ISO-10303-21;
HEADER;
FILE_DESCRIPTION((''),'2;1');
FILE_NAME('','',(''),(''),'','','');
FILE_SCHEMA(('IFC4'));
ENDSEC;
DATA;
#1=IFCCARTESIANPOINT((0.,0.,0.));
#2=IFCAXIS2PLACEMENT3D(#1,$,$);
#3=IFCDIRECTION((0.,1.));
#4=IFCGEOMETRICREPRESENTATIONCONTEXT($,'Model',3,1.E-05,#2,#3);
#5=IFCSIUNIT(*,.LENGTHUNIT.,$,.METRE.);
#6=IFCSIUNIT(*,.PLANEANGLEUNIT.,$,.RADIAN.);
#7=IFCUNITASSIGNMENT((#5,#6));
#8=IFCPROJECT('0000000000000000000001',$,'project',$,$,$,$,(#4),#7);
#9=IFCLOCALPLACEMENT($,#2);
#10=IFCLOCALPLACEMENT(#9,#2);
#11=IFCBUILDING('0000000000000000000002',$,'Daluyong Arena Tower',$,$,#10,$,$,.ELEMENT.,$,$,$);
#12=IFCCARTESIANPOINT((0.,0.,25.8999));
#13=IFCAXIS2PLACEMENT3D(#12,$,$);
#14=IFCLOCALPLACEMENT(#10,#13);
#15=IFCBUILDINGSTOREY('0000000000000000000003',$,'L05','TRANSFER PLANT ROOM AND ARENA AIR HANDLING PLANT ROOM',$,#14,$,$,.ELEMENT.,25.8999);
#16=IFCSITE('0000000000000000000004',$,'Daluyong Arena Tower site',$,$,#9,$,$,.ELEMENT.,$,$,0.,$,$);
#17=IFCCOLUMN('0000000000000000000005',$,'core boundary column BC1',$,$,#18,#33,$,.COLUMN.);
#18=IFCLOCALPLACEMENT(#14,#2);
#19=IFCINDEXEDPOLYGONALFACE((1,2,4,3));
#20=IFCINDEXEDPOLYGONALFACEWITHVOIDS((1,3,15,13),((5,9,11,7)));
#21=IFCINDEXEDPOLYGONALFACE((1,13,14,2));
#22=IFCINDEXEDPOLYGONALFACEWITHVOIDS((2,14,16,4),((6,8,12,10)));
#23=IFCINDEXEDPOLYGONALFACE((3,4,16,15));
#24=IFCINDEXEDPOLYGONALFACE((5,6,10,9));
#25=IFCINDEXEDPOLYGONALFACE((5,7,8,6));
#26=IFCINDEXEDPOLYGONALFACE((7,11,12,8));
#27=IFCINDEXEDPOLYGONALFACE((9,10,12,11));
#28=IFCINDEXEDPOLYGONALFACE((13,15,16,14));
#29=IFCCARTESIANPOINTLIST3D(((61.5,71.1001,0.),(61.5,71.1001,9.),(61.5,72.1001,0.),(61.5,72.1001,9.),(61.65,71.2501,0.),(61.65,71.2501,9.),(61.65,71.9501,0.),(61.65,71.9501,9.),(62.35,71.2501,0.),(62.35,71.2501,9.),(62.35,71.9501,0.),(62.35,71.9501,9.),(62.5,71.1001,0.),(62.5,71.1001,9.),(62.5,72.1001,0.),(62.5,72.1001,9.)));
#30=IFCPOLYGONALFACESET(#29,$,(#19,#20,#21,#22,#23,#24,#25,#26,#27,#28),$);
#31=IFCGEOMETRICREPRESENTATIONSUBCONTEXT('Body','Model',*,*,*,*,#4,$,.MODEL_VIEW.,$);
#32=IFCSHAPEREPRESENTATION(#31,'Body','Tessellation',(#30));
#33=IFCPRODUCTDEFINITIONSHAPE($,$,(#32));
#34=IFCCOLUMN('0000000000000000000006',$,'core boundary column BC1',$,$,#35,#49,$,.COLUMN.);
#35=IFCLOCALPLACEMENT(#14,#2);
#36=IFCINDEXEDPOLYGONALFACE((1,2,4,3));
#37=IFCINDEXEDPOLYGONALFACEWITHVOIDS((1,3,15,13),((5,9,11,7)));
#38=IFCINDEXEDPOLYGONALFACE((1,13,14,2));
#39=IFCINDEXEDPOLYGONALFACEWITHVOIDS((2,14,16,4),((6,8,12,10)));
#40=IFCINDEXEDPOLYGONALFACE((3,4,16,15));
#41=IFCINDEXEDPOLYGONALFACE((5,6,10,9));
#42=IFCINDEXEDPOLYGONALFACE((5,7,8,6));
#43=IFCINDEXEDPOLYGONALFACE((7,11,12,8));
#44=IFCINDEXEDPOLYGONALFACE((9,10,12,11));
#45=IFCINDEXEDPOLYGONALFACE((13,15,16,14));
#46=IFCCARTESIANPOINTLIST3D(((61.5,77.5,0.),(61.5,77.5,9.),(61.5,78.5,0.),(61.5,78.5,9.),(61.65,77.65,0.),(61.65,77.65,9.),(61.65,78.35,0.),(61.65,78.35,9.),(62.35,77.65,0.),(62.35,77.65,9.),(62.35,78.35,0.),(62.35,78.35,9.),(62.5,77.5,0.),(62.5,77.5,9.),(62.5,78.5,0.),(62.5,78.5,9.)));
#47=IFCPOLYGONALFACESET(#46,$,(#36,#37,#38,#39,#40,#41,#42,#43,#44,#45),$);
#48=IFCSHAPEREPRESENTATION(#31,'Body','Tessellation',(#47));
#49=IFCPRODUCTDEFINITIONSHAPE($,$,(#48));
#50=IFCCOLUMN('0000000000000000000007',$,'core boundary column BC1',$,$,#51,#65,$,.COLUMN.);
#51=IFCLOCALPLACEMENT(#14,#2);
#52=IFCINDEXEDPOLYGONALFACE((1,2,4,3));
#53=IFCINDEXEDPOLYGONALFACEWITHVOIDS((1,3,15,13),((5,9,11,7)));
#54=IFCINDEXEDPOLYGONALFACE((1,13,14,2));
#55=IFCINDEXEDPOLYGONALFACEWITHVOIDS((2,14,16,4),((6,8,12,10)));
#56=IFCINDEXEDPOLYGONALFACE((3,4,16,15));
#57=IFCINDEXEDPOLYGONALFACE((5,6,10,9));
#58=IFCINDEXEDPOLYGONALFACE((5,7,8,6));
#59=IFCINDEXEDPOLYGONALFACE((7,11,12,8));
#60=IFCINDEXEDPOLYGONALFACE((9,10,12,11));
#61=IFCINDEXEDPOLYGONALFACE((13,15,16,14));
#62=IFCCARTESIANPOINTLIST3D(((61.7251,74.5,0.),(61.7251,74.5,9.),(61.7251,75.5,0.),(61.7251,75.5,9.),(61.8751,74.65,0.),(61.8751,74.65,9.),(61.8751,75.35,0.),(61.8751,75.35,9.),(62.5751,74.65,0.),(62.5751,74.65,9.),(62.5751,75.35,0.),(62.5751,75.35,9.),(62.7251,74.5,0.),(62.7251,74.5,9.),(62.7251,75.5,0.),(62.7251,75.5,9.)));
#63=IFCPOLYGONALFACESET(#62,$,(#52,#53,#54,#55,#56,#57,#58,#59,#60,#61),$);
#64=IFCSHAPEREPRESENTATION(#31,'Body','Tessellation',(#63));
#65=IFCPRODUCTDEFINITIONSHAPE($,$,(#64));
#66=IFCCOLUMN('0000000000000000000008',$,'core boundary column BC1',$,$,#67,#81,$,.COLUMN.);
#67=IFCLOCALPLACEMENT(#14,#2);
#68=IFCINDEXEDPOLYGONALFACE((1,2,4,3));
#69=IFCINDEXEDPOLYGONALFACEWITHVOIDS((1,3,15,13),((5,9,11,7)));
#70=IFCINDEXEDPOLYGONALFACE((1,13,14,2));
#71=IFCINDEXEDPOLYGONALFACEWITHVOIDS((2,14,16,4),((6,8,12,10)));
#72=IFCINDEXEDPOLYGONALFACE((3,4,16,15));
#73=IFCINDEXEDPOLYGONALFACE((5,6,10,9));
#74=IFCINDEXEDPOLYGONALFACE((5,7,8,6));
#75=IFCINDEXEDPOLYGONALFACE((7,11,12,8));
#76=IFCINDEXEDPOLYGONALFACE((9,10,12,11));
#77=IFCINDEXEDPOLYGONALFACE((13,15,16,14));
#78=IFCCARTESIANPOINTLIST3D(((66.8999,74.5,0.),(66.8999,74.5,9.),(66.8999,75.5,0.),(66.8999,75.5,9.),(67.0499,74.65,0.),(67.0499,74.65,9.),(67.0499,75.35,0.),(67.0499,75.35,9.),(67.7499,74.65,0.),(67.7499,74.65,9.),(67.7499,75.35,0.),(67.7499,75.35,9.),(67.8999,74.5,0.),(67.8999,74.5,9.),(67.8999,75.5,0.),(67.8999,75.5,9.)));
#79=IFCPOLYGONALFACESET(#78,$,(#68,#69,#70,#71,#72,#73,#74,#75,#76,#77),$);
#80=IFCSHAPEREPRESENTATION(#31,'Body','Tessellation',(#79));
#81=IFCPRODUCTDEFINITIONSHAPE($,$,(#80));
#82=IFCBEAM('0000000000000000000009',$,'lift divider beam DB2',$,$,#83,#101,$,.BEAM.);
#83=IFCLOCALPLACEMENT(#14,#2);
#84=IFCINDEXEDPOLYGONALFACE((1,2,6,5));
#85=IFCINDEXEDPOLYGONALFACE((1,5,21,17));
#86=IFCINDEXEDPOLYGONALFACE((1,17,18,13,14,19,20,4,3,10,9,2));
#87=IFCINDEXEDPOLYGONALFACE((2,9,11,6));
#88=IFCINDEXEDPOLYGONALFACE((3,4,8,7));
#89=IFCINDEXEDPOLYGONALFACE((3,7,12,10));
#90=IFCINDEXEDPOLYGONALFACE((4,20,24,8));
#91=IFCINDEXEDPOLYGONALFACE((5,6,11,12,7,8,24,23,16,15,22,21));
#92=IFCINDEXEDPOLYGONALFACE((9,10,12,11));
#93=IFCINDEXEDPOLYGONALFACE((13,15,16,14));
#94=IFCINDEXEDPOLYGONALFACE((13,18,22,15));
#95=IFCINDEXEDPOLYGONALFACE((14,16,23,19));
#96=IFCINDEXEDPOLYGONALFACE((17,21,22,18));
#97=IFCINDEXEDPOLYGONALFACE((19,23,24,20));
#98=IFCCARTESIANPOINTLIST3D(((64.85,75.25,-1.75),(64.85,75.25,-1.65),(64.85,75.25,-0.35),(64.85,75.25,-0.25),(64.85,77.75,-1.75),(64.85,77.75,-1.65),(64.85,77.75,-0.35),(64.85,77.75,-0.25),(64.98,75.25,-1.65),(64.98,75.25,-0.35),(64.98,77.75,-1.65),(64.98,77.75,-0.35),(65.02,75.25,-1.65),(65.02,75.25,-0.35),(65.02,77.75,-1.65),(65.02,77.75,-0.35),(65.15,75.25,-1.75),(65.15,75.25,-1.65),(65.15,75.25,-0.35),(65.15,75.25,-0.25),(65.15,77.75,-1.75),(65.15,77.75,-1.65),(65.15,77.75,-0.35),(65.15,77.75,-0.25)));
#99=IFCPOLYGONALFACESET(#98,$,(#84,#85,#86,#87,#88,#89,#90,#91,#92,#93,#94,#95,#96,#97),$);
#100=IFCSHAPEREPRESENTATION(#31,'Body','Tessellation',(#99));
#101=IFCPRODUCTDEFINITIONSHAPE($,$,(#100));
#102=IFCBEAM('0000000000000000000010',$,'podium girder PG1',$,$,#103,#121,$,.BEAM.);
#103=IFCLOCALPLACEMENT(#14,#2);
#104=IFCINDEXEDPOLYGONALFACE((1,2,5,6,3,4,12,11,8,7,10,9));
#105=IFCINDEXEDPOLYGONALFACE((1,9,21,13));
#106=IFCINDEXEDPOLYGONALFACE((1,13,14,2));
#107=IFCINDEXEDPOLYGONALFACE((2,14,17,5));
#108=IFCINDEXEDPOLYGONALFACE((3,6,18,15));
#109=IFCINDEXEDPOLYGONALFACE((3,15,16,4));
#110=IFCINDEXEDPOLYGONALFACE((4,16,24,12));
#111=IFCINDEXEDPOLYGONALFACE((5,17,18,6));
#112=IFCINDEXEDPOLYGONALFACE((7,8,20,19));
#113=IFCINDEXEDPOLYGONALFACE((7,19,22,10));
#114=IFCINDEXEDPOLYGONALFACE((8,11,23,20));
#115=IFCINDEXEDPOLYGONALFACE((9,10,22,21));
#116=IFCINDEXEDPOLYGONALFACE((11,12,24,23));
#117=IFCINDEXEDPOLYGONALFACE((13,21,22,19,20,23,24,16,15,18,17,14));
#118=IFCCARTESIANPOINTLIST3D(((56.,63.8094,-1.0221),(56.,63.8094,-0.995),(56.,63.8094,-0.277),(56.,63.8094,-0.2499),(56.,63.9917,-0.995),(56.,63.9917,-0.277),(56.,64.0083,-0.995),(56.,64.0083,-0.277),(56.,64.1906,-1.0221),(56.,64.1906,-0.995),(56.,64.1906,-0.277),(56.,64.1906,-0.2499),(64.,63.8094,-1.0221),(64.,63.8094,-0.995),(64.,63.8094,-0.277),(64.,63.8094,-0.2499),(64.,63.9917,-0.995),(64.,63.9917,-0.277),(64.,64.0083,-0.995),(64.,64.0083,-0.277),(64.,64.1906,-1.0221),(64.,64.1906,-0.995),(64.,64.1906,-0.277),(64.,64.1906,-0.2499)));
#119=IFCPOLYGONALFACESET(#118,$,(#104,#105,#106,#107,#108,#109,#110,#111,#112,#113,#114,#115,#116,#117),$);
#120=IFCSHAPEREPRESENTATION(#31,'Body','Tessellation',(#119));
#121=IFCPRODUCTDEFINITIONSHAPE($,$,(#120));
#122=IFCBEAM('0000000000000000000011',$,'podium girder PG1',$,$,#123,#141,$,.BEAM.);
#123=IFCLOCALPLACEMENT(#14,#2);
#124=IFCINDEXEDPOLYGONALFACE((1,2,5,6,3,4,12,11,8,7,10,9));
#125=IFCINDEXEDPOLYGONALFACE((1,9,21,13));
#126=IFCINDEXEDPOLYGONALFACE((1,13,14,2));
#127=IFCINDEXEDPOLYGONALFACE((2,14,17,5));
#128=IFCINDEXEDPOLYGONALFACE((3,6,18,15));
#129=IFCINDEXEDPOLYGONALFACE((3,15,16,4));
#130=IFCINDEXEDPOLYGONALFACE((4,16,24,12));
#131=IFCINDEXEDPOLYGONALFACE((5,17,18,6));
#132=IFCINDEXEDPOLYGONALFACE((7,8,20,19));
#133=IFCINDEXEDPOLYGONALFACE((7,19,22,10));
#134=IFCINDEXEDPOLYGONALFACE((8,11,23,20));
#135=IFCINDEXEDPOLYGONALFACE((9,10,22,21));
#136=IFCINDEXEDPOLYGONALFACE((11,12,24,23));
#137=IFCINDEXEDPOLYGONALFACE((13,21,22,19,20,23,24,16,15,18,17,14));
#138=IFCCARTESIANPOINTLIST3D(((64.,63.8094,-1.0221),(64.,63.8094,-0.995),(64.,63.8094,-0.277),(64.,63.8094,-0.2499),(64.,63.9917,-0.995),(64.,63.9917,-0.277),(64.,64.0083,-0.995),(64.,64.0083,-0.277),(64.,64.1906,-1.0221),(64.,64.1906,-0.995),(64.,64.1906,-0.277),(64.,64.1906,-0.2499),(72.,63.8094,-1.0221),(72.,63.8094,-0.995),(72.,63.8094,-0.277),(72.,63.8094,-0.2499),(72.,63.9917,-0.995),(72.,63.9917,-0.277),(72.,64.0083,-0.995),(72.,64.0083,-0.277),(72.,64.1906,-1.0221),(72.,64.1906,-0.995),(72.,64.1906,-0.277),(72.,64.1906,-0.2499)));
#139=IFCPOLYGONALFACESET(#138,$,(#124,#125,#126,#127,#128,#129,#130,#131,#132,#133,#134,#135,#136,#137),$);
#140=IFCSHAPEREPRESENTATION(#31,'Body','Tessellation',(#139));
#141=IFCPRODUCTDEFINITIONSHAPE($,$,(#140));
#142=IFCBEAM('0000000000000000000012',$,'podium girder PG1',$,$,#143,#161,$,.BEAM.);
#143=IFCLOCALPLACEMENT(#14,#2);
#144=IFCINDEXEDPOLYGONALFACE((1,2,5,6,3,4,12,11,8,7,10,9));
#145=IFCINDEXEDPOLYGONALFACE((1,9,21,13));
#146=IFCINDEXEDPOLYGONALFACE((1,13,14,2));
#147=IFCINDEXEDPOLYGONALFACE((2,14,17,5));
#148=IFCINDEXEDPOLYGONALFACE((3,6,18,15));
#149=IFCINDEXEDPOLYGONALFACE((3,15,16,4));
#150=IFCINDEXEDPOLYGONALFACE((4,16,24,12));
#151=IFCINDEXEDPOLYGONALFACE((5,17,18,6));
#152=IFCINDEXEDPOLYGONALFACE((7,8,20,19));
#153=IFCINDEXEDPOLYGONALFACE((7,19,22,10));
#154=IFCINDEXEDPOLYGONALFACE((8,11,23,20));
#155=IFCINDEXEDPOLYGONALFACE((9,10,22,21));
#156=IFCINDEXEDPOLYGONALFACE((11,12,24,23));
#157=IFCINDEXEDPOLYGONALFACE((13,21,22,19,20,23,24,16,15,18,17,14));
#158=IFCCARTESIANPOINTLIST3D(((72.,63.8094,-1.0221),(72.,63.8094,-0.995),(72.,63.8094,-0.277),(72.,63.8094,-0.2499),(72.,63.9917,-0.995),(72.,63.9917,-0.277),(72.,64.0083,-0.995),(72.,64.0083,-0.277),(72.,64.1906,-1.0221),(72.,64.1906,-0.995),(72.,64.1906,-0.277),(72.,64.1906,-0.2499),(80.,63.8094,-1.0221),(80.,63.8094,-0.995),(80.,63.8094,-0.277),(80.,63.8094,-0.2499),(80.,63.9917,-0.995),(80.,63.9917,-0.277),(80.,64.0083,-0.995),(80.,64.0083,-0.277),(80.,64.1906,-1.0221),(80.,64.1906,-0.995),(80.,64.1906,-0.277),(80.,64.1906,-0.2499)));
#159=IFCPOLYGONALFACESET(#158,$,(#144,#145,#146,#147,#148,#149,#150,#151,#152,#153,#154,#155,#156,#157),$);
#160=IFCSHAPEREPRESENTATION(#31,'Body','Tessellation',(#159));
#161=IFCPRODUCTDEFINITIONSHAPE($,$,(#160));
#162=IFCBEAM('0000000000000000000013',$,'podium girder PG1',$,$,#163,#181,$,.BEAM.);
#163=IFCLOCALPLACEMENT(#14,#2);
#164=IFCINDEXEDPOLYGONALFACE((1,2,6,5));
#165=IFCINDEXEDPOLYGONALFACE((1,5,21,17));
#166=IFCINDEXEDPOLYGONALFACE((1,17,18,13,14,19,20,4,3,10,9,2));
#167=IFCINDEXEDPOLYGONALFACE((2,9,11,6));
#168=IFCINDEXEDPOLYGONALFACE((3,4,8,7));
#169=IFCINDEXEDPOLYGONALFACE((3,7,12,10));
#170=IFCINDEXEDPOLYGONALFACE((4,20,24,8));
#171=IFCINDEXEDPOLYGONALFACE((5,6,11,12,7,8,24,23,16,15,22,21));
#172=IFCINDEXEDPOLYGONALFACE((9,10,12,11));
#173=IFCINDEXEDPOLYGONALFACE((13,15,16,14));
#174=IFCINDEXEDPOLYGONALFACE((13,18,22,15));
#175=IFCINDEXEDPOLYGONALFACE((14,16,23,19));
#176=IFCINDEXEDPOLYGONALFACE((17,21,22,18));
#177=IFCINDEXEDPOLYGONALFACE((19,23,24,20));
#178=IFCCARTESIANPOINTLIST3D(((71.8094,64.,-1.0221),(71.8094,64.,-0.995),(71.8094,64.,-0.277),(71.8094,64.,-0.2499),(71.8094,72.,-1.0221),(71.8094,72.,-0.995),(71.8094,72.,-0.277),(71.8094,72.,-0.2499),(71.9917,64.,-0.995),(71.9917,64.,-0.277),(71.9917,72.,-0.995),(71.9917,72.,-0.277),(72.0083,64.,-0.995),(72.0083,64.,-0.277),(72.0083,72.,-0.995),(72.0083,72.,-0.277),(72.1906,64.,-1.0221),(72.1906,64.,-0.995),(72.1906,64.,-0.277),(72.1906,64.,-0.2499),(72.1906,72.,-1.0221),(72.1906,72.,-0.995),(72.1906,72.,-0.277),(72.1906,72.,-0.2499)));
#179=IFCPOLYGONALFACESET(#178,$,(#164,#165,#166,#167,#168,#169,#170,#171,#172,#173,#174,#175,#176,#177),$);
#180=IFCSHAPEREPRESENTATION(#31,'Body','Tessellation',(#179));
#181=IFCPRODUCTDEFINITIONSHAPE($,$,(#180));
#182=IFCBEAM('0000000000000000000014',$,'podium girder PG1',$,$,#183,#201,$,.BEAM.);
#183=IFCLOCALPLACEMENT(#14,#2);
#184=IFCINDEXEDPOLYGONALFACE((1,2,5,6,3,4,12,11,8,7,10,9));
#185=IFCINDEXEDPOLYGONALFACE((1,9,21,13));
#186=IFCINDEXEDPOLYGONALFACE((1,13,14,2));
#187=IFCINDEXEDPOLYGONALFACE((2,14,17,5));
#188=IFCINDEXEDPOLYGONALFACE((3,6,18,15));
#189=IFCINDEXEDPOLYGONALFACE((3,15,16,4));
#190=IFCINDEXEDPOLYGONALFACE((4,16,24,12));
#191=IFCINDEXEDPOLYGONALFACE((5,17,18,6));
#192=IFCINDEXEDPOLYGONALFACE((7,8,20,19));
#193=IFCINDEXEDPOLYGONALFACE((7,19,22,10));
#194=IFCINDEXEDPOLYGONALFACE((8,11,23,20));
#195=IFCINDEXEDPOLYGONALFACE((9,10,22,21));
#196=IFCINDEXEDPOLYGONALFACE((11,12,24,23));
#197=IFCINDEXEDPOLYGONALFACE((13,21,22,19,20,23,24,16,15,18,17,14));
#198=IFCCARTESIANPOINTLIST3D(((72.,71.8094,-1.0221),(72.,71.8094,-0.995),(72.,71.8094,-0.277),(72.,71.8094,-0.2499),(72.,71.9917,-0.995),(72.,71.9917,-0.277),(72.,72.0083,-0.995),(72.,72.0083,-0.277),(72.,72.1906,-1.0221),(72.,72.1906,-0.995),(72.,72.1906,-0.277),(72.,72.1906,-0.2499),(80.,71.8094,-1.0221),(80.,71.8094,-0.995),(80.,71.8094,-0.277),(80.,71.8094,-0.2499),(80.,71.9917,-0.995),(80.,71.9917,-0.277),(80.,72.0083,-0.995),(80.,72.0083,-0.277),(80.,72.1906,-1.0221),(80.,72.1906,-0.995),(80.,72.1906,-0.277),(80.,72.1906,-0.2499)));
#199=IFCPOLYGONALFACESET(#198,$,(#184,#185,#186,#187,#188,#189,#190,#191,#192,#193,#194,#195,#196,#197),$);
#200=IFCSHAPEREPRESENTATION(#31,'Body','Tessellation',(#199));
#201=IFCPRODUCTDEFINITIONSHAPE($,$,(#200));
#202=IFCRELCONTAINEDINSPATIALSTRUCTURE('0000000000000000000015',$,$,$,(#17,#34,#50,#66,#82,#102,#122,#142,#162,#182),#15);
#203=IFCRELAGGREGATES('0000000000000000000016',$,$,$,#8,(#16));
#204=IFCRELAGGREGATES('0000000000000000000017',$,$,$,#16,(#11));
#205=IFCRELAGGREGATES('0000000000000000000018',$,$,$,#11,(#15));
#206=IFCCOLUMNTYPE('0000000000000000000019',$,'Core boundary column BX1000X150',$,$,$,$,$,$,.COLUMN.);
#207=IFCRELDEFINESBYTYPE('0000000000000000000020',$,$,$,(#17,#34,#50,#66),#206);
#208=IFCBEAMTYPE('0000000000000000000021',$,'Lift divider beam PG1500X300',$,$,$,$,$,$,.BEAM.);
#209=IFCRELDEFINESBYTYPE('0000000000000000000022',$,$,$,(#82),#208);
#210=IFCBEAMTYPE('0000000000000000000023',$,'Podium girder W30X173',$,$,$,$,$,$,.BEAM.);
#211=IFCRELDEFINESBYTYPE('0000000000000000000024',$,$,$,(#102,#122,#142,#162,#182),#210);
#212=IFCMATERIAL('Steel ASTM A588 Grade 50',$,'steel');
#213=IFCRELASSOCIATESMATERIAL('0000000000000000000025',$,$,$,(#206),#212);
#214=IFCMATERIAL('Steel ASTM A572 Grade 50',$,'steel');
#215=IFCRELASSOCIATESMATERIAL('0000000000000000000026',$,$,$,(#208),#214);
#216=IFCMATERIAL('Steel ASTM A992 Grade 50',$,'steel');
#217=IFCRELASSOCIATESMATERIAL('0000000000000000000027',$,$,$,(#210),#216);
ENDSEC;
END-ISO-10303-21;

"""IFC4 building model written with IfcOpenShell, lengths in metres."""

from ifc_helpers import new_model, si_unit, direction, frame, origin, origin_2d, place, context, subcontext, project, spatial, hollow_rectangle, i_section, extrude, material, material_profile, profile_set, type_object, element, save


model = new_model("IFC4")

# Units and contexts
model_context = context("Model", 3, precision=1e-05, world=origin(), true_north=direction((0.0, 1.0)))
body_context = subcontext(model_context, "Body", "Model", "MODEL_VIEW")
ifc_project = project(units=[si_unit("LENGTHUNIT", "METRE"), si_unit("PLANEANGLEUNIT", "RADIAN")], contexts=[model_context])

# Site, building, storey
site_placement = place(None, origin())
site = spatial("IfcSite", under=ifc_project, at=site_placement, Name="Daluyong Arena Tower site", CompositionType="ELEMENT", RefElevation=0.0)
building_placement = place(site_placement, origin())
building = spatial("IfcBuilding", under=site, at=building_placement, Name="Daluyong Arena Tower", CompositionType="ELEMENT")
storey_placement = place(building_placement, frame((0.0, 0.0, 25.8999)))
storey = spatial("IfcBuildingStorey", under=building, at=storey_placement, Name="L05", Description="TRANSFER PLANT ROOM AND ARENA AIR HANDLING PLANT ROOM", CompositionType="ELEMENT", Elevation=25.8999)

# Columns
ifc_material_1 = material(Name="Steel ASTM A588 Grade 50", Category="steel")
ifc_material_profile_1 = material_profile(ifc_material_1, hollow_rectangle(XDim=1.0, YDim=1.0, WallThickness=0.15, at=origin_2d()))
ifc_profile_set_1 = profile_set([ifc_material_profile_1], Name="Steel ASTM A588 Grade 50")
column_type = type_object("IfcColumnType", Name="Core boundary column BX1000X150", PredefinedType="COLUMN", material=ifc_profile_set_1)
for number, where, z_axis, x_axis, name in (
    (1, (62.0, 71.6001, 0.0), (0.0, 0.0, 1.0), (1.0, 0.0, 0.0), "core boundary column BC1"),
    (2, (62.0, 78.0, 0.0), (0.0, 0.0, 1.0), (1.0, 0.0, 0.0), "core boundary column BC1"),
    (3, (62.2251, 75.0, 0.0), (0.0, 0.0, 1.0), (1.0, 0.0, 0.0), "core boundary column BC1"),
    (4, (67.3999, 75.0, 0.0), (0.0, 0.0, 1.0), (1.0, 0.0, 0.0), "core boundary column BC1"),
):
    element("IfcColumn", number, at=place(storey_placement, frame(where, z_axis=z_axis, x_axis=x_axis)), inside=storey, type_object=column_type, Name=name, PredefinedType="COLUMN", context=body_context, shape_type="SweptSolid", body=[
        extrude(hollow_rectangle(XDim=1.0, YDim=1.0, WallThickness=0.15, at=origin_2d()), origin(), (0.0, 0.0, 1.0), 9.0),
    ])

# Beams
ifc_material_2 = material(Name="Steel ASTM A572 Grade 50", Category="steel")
ifc_material_profile_2 = material_profile(ifc_material_2, i_section(OverallWidth=0.3, OverallDepth=1.5, WebThickness=0.04, FlangeThickness=0.1, at=origin_2d()))
ifc_profile_set_2 = profile_set([ifc_material_profile_2], Name="Steel ASTM A572 Grade 50")
beam_type_1 = type_object("IfcBeamType", Name="Lift divider beam PG1500X300", PredefinedType="BEAM", material=ifc_profile_set_2)
beam_placement = place(storey_placement, frame((65.0, 75.25, -1.0), z_axis=(0.0, 1.0, 0.0), x_axis=(-1.0, 0.0, 0.0)))
element("IfcBeam", 5, at=beam_placement, inside=storey, type_object=beam_type_1, Name="lift divider beam DB2", PredefinedType="BEAM", context=body_context, shape_type="SweptSolid", body=[
    extrude(i_section(OverallWidth=0.3, OverallDepth=1.5, WebThickness=0.04, FlangeThickness=0.1, at=origin_2d()), origin(), (0.0, 0.0, 1.0), 2.5),
])
ifc_material_3 = material(Name="Steel ASTM A992 Grade 50", Category="steel")
ifc_material_profile_3 = material_profile(ifc_material_3, i_section(OverallWidth=0.3811, OverallDepth=0.7722, WebThickness=0.0166, FlangeThickness=0.0271, at=origin_2d()))
ifc_profile_set_3 = profile_set([ifc_material_profile_3], Name="Steel ASTM A992 Grade 50")
beam_type_2 = type_object("IfcBeamType", Name="Podium girder W30X173", PredefinedType="BEAM", material=ifc_profile_set_3)
for number, where, z_axis, x_axis, name in (
    (6, (56.0, 64.0, -0.636), (1.0, 0.0, 0.0), (0.0, 1.0, 0.0), "podium girder PG1"),
    (7, (64.0, 64.0, -0.636), (1.0, 0.0, 0.0), (0.0, 1.0, 0.0), "podium girder PG1"),
    (8, (72.0, 64.0, -0.636), (1.0, 0.0, 0.0), (0.0, 1.0, 0.0), "podium girder PG1"),
    (9, (72.0, 64.0, -0.636), (0.0, 1.0, 0.0), (-1.0, 0.0, 0.0), "podium girder PG1"),
    (10, (72.0, 72.0, -0.636), (1.0, 0.0, 0.0), (0.0, 1.0, 0.0), "podium girder PG1"),
):
    element("IfcBeam", number, at=place(storey_placement, frame(where, z_axis=z_axis, x_axis=x_axis)), inside=storey, type_object=beam_type_2, Name=name, PredefinedType="BEAM", context=body_context, shape_type="SweptSolid", body=[
        extrude(i_section(OverallWidth=0.3811, OverallDepth=0.7722, WebThickness=0.0166, FlangeThickness=0.0271, at=origin_2d()), origin(), (0.0, 0.0, 1.0), 8.0),
    ])

save(model, "model.ifc")
